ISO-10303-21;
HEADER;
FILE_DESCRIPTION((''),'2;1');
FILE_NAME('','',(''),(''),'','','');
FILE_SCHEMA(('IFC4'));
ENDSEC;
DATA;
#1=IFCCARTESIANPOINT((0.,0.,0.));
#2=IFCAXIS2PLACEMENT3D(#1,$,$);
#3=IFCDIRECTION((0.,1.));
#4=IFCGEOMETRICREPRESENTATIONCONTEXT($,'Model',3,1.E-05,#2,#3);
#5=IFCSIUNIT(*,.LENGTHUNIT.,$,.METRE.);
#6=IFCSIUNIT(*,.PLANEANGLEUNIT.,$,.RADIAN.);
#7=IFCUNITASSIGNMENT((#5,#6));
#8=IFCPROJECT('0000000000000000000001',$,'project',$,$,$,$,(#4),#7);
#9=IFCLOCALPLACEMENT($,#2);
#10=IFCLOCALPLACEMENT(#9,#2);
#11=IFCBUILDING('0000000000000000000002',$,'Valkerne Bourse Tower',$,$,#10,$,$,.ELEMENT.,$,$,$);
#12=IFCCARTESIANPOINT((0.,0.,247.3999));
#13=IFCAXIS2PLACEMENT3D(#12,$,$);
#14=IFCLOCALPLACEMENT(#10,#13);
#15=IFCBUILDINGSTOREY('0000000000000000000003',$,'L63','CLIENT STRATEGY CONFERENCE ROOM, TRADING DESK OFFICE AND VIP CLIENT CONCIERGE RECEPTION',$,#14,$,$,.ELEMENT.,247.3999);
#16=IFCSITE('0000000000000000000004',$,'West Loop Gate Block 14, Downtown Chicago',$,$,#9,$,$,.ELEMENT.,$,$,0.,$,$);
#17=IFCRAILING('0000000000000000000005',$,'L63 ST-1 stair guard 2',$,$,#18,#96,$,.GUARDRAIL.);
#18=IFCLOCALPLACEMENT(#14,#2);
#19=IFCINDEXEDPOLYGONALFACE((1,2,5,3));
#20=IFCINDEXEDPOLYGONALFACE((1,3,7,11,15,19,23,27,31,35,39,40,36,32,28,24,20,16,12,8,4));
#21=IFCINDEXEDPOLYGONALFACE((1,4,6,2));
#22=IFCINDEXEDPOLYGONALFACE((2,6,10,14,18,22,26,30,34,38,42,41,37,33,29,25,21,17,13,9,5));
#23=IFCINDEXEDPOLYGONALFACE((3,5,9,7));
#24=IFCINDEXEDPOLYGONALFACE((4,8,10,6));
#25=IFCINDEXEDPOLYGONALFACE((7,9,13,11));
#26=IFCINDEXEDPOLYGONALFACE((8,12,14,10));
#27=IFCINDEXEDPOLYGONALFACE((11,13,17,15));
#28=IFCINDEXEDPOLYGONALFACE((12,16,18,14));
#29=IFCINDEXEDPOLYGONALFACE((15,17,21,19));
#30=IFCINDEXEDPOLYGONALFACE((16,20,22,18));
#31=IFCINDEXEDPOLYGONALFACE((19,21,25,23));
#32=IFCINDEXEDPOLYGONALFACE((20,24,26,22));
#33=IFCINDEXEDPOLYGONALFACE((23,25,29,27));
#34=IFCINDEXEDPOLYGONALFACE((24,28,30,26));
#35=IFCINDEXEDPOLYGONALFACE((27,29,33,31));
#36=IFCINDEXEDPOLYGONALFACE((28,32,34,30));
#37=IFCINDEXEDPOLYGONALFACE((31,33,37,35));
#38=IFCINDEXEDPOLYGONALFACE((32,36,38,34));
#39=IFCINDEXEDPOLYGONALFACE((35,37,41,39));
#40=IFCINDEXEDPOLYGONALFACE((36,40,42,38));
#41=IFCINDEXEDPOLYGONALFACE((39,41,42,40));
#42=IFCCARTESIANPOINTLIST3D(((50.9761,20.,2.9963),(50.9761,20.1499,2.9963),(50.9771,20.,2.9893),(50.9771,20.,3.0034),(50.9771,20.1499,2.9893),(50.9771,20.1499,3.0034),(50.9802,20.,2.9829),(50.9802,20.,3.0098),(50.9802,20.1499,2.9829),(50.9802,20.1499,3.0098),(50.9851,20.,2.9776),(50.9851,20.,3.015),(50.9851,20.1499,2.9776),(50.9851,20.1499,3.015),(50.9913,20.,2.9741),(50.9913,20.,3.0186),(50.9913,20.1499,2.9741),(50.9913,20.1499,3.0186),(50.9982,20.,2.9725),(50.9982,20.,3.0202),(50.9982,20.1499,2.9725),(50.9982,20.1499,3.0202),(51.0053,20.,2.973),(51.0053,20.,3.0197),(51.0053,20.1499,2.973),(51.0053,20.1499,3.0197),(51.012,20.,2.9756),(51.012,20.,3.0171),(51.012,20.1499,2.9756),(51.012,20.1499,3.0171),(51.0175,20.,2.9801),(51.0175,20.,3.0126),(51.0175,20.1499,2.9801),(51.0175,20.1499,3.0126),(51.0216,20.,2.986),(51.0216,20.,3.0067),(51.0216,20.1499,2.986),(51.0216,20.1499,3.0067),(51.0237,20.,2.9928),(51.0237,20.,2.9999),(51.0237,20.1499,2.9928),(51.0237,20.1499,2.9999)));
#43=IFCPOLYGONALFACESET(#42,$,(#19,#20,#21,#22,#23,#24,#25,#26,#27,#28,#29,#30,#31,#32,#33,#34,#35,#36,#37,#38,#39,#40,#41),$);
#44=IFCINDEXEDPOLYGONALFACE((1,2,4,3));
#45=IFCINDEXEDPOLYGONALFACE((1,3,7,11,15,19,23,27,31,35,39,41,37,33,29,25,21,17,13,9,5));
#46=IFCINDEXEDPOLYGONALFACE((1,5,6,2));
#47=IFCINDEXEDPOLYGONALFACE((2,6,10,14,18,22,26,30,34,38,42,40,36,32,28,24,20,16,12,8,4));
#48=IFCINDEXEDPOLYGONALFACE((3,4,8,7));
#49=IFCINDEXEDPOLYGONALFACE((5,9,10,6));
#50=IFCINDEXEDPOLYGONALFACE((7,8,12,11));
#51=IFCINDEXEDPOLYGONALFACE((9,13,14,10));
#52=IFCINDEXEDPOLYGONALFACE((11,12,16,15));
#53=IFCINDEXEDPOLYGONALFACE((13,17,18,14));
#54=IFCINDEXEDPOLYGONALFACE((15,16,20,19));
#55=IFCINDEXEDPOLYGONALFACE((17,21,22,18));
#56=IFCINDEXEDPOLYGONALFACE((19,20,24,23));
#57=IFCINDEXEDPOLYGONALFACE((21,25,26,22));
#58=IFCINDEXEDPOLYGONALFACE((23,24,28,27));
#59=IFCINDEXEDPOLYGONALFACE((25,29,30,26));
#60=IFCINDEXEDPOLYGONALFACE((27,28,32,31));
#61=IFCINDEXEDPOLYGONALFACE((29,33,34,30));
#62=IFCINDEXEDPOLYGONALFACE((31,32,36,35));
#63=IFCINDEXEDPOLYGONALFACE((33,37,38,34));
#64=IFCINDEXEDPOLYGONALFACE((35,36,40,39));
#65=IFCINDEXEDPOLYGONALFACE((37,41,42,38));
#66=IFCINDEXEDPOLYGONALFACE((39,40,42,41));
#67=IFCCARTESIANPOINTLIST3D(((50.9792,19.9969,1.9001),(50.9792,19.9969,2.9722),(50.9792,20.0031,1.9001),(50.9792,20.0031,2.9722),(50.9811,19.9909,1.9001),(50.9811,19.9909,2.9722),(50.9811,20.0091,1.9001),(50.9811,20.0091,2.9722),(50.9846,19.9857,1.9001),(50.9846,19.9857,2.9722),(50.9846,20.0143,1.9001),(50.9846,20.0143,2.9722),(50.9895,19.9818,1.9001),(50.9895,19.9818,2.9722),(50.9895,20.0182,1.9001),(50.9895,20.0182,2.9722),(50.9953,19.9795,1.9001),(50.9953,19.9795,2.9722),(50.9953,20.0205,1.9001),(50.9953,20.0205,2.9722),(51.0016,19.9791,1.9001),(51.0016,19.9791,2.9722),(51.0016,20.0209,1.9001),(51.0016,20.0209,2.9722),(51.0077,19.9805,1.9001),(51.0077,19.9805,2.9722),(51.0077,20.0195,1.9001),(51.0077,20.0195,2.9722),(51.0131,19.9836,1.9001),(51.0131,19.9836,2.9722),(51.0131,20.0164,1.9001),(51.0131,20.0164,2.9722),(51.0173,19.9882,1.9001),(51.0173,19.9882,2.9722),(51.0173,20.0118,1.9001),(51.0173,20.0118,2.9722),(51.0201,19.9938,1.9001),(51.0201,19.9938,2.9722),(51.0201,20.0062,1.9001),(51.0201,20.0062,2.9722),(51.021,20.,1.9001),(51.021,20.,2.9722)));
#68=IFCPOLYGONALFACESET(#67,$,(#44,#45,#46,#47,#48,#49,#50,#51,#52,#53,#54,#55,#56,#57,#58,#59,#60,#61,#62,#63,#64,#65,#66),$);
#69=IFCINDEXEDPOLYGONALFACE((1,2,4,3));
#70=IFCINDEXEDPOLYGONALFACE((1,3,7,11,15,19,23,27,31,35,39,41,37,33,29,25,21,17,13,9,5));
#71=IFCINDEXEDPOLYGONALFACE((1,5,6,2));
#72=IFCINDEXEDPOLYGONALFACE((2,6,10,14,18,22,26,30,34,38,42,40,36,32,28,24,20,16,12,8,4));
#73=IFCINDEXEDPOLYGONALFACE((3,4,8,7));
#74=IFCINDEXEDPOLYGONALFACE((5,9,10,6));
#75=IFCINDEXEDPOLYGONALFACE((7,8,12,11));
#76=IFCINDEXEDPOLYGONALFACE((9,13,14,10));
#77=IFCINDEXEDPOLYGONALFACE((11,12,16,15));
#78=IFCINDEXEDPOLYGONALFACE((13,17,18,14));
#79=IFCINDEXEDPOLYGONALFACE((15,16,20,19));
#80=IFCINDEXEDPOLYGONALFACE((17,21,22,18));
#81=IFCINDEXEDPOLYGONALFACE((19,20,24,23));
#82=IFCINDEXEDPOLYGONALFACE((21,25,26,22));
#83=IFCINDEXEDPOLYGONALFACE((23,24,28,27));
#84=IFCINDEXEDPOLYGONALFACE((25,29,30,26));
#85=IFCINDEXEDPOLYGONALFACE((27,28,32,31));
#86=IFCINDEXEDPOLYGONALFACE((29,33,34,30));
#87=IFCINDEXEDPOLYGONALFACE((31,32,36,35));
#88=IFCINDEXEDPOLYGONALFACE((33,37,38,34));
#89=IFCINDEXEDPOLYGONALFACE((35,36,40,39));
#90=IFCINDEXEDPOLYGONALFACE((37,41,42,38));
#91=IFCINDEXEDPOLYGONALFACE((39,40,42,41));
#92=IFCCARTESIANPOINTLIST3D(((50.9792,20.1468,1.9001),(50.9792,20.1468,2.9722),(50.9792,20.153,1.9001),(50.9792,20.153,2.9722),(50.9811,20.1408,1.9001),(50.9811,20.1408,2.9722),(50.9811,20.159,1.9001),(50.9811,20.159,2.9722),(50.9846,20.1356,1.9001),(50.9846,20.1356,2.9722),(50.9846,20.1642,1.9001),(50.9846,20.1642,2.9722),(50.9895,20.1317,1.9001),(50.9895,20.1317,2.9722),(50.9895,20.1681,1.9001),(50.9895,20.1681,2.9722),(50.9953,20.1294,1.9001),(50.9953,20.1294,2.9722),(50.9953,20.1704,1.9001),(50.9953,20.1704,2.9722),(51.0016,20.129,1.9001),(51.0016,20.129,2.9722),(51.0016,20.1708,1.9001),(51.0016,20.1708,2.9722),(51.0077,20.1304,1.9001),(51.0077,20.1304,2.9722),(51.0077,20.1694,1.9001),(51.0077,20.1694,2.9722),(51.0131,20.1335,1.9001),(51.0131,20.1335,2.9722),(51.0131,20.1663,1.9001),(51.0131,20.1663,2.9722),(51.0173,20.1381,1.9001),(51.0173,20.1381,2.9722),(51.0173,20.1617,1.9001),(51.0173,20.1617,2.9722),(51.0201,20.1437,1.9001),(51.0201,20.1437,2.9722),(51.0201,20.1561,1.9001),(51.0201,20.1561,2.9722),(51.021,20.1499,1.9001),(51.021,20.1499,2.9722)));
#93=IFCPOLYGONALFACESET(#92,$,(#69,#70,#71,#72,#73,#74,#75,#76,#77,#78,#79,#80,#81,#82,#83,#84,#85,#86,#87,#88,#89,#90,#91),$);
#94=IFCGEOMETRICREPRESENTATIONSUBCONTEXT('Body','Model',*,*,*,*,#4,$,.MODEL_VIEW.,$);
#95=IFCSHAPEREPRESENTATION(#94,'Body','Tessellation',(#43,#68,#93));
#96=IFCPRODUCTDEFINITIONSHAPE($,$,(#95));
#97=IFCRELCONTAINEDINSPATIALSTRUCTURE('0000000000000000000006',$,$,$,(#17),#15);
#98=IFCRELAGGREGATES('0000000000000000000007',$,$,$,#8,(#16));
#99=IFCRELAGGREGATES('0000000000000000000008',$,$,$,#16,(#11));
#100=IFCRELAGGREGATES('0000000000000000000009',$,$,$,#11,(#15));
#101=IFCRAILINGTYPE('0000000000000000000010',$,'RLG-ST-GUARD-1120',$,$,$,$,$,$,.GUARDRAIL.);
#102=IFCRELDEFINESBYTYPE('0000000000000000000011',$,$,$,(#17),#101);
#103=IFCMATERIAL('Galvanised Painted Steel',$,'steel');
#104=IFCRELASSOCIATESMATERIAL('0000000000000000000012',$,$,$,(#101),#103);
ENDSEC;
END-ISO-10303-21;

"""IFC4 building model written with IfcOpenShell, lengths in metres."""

from ifc_helpers import new_model, si_unit, direction, frame, origin, origin_2d, place, context, subcontext, project, spatial, circle, extrude, material, type_object, element, save


model = new_model("IFC4")

# Units and contexts
model_context = context("Model", 3, precision=1e-05, world=origin(), true_north=direction((0.0, 1.0)))
body_context = subcontext(model_context, "Body", "Model", "MODEL_VIEW")
ifc_project = project(units=[si_unit("LENGTHUNIT", "METRE"), si_unit("PLANEANGLEUNIT", "RADIAN")], contexts=[model_context])

# Site, building, storey
site_placement = place(None, origin())
site = spatial("IfcSite", under=ifc_project, at=site_placement, Name="West Loop Gate Block 14, Downtown Chicago", CompositionType="ELEMENT", RefElevation=0.0)
building_placement = place(site_placement, origin())
building = spatial("IfcBuilding", under=site, at=building_placement, Name="Valkerne Bourse Tower", CompositionType="ELEMENT")
storey_placement = place(building_placement, frame((0.0, 0.0, 247.3999)))
storey = spatial("IfcBuildingStorey", under=building, at=storey_placement, Name="L63", Description="CLIENT STRATEGY CONFERENCE ROOM, TRADING DESK OFFICE AND VIP CLIENT CONCIERGE RECEPTION", CompositionType="ELEMENT", Elevation=247.3999)

# Shared definitions
ifc_material_1 = material(Name="Galvanised Painted Steel", Category="steel")

# Railing
railing_type_1 = type_object("IfcRailingType", Name="RLG-ST-GUARD-1120", PredefinedType="GUARDRAIL", material=ifc_material_1)
railing_1_placement = place(storey_placement, frame((51.0, 20.0, 1.9001)))
element("IfcRailing", 1, at=railing_1_placement, inside=storey, type_object=railing_type_1, Name="L63 ST-1 stair guard 2", PredefinedType="GUARDRAIL", context=body_context, shape_type="SweptSolid", body=[
    extrude(circle(Radius=0.0239, at=origin_2d()), frame((0.0, 0.0, 1.0962), z_axis=(0.0, 1.0, 0.0), x_axis=(-1.0, 0.0, 0.0)), (0.0, 0.0, 1.0), 0.1499),
    extrude(circle(Radius=0.021, at=origin_2d()), origin(), (0.0, 0.0, 1.0), 1.072),
    extrude(circle(Radius=0.021, at=origin_2d()), frame((0.0, 0.1499, 0.0)), (0.0, 0.0, 1.0), 1.072),
])

save(model, "model.ifc")
